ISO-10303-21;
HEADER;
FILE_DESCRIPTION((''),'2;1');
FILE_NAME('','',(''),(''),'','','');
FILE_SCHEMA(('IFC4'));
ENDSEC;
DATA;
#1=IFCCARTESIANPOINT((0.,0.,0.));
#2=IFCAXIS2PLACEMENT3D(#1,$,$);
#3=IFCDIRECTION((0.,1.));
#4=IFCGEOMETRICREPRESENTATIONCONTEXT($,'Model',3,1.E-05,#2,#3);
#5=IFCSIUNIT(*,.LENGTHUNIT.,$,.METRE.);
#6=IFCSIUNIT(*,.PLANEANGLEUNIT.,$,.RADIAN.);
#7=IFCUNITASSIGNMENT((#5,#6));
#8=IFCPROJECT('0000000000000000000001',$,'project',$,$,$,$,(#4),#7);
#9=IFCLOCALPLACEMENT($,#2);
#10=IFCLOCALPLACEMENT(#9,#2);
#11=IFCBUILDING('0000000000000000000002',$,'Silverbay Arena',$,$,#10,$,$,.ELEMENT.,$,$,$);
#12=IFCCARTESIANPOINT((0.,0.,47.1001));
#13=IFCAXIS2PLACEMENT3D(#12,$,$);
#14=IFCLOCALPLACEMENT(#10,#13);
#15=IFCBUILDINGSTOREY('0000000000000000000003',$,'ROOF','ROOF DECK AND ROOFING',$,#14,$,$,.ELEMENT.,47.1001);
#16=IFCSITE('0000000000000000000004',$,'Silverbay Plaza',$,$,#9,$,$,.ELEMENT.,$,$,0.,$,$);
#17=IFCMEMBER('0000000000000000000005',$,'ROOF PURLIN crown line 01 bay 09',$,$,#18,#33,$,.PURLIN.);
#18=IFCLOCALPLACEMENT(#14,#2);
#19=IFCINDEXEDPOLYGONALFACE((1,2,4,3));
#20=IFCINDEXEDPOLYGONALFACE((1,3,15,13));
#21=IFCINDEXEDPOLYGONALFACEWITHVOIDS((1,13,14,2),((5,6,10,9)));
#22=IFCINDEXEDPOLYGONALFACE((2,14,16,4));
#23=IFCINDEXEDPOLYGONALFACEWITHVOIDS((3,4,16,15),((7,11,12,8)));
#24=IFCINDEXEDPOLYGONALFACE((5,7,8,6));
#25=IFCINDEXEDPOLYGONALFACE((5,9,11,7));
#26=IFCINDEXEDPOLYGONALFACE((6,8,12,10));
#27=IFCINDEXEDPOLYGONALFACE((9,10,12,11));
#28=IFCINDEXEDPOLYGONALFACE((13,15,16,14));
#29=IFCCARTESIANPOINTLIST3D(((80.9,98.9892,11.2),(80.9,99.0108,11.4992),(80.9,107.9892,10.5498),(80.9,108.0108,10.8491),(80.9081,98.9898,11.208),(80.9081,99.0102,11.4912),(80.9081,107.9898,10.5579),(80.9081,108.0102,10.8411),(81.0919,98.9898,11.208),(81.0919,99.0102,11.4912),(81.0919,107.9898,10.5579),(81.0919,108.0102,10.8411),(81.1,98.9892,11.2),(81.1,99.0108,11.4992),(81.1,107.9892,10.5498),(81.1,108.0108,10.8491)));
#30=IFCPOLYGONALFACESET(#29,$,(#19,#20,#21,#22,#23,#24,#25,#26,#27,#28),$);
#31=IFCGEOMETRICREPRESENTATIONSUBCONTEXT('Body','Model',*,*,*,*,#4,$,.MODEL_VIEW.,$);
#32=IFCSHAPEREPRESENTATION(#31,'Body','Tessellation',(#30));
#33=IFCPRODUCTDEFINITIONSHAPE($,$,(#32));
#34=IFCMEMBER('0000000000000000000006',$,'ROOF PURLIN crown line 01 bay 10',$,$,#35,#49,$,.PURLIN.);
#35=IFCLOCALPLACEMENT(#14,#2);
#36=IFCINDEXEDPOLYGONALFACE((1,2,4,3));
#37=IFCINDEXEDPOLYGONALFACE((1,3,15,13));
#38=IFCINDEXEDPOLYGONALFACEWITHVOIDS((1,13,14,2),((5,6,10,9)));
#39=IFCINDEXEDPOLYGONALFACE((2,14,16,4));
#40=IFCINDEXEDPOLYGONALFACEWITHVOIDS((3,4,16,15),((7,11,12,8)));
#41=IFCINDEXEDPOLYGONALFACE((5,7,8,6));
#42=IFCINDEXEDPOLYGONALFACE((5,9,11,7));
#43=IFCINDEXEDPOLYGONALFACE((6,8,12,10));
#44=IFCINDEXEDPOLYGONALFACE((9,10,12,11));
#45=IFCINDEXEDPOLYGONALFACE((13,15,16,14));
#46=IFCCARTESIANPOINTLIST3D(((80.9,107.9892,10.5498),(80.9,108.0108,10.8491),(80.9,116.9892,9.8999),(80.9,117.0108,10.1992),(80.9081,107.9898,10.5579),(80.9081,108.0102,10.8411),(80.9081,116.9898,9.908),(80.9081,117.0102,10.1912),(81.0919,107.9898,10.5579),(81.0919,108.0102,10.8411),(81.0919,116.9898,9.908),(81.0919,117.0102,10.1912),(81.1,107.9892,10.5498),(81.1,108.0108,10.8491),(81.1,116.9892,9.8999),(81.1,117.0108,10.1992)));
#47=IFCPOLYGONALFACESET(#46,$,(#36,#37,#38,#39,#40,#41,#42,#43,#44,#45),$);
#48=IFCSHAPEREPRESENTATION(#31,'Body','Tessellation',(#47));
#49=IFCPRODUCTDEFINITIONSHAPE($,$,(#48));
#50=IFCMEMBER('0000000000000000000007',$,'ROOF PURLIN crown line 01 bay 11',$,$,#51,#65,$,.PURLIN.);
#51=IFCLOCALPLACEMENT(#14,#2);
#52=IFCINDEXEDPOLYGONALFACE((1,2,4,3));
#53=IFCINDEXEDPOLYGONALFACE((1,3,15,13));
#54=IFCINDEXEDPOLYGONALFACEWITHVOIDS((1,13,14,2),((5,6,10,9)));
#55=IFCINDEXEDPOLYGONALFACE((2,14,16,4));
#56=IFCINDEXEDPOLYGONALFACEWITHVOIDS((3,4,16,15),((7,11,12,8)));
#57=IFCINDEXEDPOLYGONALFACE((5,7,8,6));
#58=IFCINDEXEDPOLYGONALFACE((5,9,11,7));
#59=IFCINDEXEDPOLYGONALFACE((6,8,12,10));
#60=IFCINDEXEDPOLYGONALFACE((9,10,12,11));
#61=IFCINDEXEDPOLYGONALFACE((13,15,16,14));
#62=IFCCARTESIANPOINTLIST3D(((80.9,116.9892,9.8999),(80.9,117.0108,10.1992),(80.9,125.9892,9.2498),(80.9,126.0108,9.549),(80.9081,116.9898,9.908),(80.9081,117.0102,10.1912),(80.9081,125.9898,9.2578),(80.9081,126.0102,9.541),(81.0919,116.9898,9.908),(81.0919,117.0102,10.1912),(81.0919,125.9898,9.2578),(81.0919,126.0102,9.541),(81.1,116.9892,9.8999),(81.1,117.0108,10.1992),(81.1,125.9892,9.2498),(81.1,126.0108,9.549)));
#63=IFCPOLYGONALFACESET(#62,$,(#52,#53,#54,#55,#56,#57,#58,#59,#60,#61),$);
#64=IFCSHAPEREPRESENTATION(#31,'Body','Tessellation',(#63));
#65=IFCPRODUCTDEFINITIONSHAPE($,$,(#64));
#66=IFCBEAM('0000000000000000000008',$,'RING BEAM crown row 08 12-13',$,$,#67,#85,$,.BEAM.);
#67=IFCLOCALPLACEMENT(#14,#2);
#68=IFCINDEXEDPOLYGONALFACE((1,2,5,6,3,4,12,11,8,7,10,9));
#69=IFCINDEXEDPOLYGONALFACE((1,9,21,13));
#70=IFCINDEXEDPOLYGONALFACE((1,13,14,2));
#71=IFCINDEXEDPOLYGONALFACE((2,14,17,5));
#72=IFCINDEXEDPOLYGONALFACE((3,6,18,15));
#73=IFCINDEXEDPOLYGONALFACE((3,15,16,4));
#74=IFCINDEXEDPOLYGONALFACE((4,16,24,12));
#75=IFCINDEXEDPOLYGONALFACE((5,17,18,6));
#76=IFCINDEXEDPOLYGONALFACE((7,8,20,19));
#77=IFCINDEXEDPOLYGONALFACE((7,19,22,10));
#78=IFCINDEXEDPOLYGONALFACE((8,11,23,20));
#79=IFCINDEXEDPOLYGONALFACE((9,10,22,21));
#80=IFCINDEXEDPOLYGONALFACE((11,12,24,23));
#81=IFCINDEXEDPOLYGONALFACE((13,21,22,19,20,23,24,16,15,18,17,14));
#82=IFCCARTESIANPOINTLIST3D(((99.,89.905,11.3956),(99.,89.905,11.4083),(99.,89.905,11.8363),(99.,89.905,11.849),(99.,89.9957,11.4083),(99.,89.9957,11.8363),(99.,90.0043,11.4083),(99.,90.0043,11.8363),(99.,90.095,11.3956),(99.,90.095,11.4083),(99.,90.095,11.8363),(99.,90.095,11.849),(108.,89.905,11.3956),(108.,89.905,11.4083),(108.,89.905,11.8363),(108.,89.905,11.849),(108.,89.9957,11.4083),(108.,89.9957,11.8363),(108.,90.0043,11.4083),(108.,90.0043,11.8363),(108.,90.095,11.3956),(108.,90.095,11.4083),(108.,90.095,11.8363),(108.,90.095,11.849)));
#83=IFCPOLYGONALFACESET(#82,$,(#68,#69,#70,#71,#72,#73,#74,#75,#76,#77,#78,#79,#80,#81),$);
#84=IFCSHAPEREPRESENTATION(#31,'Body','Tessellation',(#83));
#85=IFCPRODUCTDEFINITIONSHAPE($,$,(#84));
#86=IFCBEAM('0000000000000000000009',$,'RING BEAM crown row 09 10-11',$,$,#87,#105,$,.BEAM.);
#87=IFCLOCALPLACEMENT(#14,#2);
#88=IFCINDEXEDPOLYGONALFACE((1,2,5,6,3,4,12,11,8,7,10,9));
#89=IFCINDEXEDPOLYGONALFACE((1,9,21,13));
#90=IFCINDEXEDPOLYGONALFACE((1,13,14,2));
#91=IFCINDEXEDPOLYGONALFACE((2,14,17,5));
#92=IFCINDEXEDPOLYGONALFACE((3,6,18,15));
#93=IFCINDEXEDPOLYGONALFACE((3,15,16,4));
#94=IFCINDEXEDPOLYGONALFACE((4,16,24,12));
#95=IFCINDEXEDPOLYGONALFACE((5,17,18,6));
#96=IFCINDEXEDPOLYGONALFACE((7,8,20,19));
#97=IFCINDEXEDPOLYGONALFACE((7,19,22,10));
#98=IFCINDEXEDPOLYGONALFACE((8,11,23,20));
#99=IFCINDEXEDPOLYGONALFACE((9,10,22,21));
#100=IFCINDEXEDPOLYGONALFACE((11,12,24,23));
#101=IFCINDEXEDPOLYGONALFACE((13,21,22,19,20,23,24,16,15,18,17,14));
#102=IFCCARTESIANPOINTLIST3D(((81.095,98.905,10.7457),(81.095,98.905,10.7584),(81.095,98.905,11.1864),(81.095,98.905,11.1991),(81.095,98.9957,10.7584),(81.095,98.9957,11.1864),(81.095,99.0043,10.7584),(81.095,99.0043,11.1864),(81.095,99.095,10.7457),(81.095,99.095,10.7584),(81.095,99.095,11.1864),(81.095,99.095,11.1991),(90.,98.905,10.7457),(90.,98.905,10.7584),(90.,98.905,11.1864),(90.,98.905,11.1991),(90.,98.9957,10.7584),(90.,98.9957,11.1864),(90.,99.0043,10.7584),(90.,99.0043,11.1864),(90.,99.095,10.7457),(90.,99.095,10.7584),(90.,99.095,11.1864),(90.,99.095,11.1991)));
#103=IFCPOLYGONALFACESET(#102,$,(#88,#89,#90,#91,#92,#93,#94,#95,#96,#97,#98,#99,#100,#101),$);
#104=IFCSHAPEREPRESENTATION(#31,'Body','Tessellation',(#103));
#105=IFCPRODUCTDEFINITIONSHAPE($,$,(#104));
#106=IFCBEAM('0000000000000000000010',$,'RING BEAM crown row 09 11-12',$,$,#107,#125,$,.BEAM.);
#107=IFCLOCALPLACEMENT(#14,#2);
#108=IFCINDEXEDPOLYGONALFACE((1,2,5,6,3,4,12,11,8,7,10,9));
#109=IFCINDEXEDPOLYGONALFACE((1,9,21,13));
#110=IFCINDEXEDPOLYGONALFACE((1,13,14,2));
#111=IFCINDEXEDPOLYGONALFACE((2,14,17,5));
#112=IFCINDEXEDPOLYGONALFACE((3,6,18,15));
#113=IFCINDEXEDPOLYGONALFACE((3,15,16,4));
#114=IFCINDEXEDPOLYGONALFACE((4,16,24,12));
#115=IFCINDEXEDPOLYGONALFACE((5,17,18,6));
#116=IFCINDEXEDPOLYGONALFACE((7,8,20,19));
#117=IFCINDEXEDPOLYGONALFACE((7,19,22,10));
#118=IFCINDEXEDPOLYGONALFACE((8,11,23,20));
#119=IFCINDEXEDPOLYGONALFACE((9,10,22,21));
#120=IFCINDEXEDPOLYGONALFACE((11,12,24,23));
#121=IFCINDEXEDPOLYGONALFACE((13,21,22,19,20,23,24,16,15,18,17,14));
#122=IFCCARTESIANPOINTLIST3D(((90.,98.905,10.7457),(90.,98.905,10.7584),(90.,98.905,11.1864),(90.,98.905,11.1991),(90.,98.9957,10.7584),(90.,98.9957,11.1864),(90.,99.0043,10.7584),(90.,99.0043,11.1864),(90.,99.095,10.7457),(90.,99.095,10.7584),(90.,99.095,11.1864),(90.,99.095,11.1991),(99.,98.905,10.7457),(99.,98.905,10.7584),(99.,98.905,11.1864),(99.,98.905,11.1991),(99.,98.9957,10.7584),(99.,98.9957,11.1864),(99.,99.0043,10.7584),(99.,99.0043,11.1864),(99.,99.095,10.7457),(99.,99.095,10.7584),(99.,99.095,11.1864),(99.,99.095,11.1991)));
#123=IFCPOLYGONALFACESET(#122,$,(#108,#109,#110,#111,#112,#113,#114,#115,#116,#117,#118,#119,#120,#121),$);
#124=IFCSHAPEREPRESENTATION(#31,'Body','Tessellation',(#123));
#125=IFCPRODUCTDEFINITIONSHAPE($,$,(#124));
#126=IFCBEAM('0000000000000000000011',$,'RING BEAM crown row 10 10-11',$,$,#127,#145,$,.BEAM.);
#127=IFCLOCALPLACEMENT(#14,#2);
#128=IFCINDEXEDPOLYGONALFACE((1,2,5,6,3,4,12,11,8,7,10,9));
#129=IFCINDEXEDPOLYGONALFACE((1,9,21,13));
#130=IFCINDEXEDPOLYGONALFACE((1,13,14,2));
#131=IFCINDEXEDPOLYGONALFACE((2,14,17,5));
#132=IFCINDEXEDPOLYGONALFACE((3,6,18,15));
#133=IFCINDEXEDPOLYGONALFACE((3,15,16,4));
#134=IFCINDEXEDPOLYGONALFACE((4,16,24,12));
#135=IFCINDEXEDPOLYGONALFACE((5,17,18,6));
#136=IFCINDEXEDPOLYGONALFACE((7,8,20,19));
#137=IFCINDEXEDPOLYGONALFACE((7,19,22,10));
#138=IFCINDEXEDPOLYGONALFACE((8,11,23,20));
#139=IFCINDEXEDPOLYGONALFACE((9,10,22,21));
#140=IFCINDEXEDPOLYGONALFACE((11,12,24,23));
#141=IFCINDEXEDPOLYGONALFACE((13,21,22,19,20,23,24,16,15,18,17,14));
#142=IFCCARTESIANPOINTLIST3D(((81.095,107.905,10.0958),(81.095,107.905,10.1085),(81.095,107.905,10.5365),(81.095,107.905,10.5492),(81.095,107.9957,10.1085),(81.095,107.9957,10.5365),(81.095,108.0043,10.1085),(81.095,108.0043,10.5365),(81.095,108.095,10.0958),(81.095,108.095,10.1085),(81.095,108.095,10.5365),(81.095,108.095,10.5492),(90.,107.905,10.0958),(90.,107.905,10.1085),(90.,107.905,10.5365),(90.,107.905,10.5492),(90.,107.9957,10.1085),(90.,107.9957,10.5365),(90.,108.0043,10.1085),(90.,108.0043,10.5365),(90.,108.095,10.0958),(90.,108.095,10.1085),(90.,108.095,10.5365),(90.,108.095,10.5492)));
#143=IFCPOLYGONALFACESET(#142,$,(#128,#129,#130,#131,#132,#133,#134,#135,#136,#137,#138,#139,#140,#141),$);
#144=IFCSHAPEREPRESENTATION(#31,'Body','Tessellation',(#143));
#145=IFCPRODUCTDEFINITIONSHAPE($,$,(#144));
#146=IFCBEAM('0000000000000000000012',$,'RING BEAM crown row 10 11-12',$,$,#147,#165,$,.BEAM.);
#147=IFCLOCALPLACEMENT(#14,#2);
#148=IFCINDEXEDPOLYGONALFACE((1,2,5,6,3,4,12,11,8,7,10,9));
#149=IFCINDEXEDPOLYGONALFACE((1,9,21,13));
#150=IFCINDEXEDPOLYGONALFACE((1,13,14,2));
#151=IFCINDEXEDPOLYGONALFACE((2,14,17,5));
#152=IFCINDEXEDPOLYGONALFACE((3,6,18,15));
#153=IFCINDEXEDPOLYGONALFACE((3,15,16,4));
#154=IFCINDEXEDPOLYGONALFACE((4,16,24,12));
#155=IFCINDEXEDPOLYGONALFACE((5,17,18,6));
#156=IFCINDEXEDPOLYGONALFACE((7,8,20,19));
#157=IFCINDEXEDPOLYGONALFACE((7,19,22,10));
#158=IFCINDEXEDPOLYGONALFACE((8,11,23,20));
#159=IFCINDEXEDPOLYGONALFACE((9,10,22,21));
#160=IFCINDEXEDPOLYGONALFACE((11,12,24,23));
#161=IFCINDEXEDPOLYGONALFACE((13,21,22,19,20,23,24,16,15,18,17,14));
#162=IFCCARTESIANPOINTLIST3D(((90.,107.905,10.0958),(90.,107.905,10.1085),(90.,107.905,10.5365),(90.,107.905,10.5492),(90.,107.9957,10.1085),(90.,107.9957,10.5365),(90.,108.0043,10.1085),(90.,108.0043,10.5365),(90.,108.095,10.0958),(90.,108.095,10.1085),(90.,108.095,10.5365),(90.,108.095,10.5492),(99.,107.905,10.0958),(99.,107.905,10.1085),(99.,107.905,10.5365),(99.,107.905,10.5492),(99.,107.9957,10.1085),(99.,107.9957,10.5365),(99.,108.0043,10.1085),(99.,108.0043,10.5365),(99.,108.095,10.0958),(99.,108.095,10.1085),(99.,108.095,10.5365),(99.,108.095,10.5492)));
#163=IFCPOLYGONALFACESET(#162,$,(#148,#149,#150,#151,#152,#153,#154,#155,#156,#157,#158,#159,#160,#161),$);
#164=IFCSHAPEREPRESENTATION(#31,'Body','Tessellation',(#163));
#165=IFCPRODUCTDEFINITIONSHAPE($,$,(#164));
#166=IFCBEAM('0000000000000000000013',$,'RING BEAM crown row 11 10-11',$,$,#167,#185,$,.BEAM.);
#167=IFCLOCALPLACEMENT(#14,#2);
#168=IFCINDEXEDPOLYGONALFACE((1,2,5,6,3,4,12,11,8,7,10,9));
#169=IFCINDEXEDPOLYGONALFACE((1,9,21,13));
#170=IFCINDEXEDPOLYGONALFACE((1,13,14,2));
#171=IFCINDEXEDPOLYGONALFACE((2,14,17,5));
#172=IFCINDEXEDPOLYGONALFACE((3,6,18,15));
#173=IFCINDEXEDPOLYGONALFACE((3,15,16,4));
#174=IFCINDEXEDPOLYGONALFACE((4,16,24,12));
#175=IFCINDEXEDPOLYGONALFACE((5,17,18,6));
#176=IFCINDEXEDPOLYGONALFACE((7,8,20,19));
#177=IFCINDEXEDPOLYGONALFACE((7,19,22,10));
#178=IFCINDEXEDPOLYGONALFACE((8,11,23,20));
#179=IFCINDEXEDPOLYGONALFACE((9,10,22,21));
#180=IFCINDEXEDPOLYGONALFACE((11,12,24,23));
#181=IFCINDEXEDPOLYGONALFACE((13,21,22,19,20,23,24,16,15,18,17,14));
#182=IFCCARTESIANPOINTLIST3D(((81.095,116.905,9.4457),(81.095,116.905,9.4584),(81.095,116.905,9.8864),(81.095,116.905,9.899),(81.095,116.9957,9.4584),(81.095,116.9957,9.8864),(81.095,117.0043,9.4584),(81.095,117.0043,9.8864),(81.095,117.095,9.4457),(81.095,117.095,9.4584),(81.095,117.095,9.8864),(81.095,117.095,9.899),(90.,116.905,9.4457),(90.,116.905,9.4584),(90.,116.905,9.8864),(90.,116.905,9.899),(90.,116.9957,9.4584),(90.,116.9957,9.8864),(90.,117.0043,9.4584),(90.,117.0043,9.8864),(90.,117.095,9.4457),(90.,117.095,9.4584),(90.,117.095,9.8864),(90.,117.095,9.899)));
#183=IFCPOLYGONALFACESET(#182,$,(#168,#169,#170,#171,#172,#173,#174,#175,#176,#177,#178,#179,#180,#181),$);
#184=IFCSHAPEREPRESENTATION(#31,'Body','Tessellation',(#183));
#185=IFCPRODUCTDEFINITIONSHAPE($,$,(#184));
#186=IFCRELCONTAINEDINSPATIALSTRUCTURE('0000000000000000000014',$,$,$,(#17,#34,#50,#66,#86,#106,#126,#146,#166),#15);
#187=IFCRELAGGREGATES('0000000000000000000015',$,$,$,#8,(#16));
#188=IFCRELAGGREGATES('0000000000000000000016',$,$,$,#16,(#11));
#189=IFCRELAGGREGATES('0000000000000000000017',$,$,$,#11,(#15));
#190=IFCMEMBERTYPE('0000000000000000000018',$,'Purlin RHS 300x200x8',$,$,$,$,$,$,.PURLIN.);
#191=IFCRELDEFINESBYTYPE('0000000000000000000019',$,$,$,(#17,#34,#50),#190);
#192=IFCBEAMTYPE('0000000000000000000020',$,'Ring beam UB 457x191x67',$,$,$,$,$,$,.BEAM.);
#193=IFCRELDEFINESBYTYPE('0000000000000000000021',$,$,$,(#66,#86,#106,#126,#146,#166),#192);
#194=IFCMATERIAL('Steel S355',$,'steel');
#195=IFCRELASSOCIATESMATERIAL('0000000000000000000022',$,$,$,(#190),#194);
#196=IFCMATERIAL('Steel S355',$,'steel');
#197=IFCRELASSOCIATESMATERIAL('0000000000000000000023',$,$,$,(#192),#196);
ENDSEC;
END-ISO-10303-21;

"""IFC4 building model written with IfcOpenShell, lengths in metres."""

from ifc_helpers import new_model, si_unit, direction, frame, origin, origin_2d, place, context, subcontext, project, spatial, hollow_rectangle, i_section, extrude, material, material_profile, profile_set, type_object, element, save


model = new_model("IFC4")

# Units and contexts
model_context = context("Model", 3, precision=1e-05, world=origin(), true_north=direction((0.0, 1.0)))
body_context = subcontext(model_context, "Body", "Model", "MODEL_VIEW")
ifc_project = project(units=[si_unit("LENGTHUNIT", "METRE"), si_unit("PLANEANGLEUNIT", "RADIAN")], contexts=[model_context])

# Site, building, storey
site_placement = place(None, origin())
site = spatial("IfcSite", under=ifc_project, at=site_placement, Name="Silverbay Plaza", CompositionType="ELEMENT", RefElevation=0.0)
building_placement = place(site_placement, origin())
building = spatial("IfcBuilding", under=site, at=building_placement, Name="Silverbay Arena", CompositionType="ELEMENT")
storey_placement = place(building_placement, frame((0.0, 0.0, 47.1001)))
storey = spatial("IfcBuildingStorey", under=building, at=storey_placement, Name="ROOF", Description="ROOF DECK AND ROOFING", CompositionType="ELEMENT", Elevation=47.1001)

# Members
ifc_material_1 = material(Name="Steel S355", Category="steel")
ifc_material_profile_1 = material_profile(ifc_material_1, hollow_rectangle(XDim=0.2, YDim=0.3, WallThickness=0.0081, at=origin_2d()), Name="RHS 300x200x8")
ifc_profile_set_1 = profile_set([ifc_material_profile_1], Name="Steel S355")
member_type_1 = type_object("IfcMemberType", Name="Purlin RHS 300x200x8", PredefinedType="PURLIN", material=ifc_profile_set_1)
for number, where, z_axis, x_axis, name in (
    (1, (81.0, 99.0, 11.3496), (0.0, 0.997401, -0.072051), (-1.0, 0.0, 0.0), "ROOF PURLIN crown line 01 bay 09"),
    (2, (81.0, 108.0, 10.6995), (0.0, 0.997403, -0.072024), (-1.0, 0.0, 0.0), "ROOF PURLIN crown line 01 bay 10"),
    (3, (81.0, 117.0, 10.0496), (0.0, 0.997401, -0.072051), (-1.0, 0.0, 0.0), "ROOF PURLIN crown line 01 bay 11"),
):
    element("IfcMember", number, at=place(storey_placement, frame(where, z_axis=z_axis, x_axis=x_axis)), inside=storey, type_object=member_type_1, Name=name, PredefinedType="PURLIN", context=body_context, shape_type="SweptSolid", body=[
        extrude(hollow_rectangle(XDim=0.2, YDim=0.3, WallThickness=0.0081, at=origin_2d()), origin(), (0.0, 0.0, 1.0), 9.0234),
    ])

# Beams
ifc_material_2 = material(Name="Steel S355", Category="steel")
ifc_material_profile_2 = material_profile(ifc_material_2, i_section(OverallWidth=0.1899, OverallDepth=0.4534, WebThickness=0.0085, FlangeThickness=0.0127, at=origin_2d()), Name="UB 457x191x67")
ifc_profile_set_2 = profile_set([ifc_material_profile_2], Name="Steel S355")
beam_type = type_object("IfcBeamType", Name="Ring beam UB 457x191x67", PredefinedType="BEAM", material=ifc_profile_set_2)
beam_1_placement = place(storey_placement, frame((99.0, 90.0, 11.6223), z_axis=(1.0, 0.0, 0.0), x_axis=(0.0, 1.0, 0.0)))
element("IfcBeam", 4, at=beam_1_placement, inside=storey, type_object=beam_type, Name="RING BEAM crown row 08 12-13", PredefinedType="BEAM", context=body_context, shape_type="SweptSolid", body=[
    extrude(i_section(OverallWidth=0.1899, OverallDepth=0.4534, WebThickness=0.0085, FlangeThickness=0.0127, at=origin_2d()), origin(), (0.0, 0.0, 1.0), 9.0),
])
beam_2_placement = place(storey_placement, frame((81.095, 99.0, 10.9724), z_axis=(1.0, 0.0, 0.0), x_axis=(0.0, 1.0, 0.0)))
element("IfcBeam", 5, at=beam_2_placement, inside=storey, type_object=beam_type, Name="RING BEAM crown row 09 10-11", PredefinedType="BEAM", context=body_context, shape_type="SweptSolid", body=[
    extrude(i_section(OverallWidth=0.1899, OverallDepth=0.4534, WebThickness=0.0085, FlangeThickness=0.0127, at=origin_2d()), origin(), (0.0, 0.0, 1.0), 8.905),
])
beam_3_placement = place(storey_placement, frame((90.0, 99.0, 10.9724), z_axis=(1.0, 0.0, 0.0), x_axis=(0.0, 1.0, 0.0)))
element("IfcBeam", 6, at=beam_3_placement, inside=storey, type_object=beam_type, Name="RING BEAM crown row 09 11-12", PredefinedType="BEAM", context=body_context, shape_type="SweptSolid", body=[
    extrude(i_section(OverallWidth=0.1899, OverallDepth=0.4534, WebThickness=0.0085, FlangeThickness=0.0127, at=origin_2d()), origin(), (0.0, 0.0, 1.0), 9.0),
])
beam_4_placement = place(storey_placement, frame((81.095, 108.0, 10.3225), z_axis=(1.0, 0.0, 0.0), x_axis=(0.0, 1.0, 0.0)))
element("IfcBeam", 7, at=beam_4_placement, inside=storey, type_object=beam_type, Name="RING BEAM crown row 10 10-11", PredefinedType="BEAM", context=body_context, shape_type="SweptSolid", body=[
    extrude(i_section(OverallWidth=0.1899, OverallDepth=0.4534, WebThickness=0.0085, FlangeThickness=0.0127, at=origin_2d()), origin(), (0.0, 0.0, 1.0), 8.905),
])
beam_5_placement = place(storey_placement, frame((90.0, 108.0, 10.3225), z_axis=(1.0, 0.0, 0.0), x_axis=(0.0, 1.0, 0.0)))
element("IfcBeam", 8, at=beam_5_placement, inside=storey, type_object=beam_type, Name="RING BEAM crown row 10 11-12", PredefinedType="BEAM", context=body_context, shape_type="SweptSolid", body=[
    extrude(i_section(OverallWidth=0.1899, OverallDepth=0.4534, WebThickness=0.0085, FlangeThickness=0.0127, at=origin_2d()), origin(), (0.0, 0.0, 1.0), 9.0),
])
beam_6_placement = place(storey_placement, frame((81.095, 117.0, 9.6724), z_axis=(1.0, 0.0, 0.0), x_axis=(0.0, 1.0, 0.0)))
element("IfcBeam", 9, at=beam_6_placement, inside=storey, type_object=beam_type, Name="RING BEAM crown row 11 10-11", PredefinedType="BEAM", context=body_context, shape_type="SweptSolid", body=[
    extrude(i_section(OverallWidth=0.1899, OverallDepth=0.4534, WebThickness=0.0085, FlangeThickness=0.0127, at=origin_2d()), origin(), (0.0, 0.0, 1.0), 8.905),
])

save(model, "model.ifc")
